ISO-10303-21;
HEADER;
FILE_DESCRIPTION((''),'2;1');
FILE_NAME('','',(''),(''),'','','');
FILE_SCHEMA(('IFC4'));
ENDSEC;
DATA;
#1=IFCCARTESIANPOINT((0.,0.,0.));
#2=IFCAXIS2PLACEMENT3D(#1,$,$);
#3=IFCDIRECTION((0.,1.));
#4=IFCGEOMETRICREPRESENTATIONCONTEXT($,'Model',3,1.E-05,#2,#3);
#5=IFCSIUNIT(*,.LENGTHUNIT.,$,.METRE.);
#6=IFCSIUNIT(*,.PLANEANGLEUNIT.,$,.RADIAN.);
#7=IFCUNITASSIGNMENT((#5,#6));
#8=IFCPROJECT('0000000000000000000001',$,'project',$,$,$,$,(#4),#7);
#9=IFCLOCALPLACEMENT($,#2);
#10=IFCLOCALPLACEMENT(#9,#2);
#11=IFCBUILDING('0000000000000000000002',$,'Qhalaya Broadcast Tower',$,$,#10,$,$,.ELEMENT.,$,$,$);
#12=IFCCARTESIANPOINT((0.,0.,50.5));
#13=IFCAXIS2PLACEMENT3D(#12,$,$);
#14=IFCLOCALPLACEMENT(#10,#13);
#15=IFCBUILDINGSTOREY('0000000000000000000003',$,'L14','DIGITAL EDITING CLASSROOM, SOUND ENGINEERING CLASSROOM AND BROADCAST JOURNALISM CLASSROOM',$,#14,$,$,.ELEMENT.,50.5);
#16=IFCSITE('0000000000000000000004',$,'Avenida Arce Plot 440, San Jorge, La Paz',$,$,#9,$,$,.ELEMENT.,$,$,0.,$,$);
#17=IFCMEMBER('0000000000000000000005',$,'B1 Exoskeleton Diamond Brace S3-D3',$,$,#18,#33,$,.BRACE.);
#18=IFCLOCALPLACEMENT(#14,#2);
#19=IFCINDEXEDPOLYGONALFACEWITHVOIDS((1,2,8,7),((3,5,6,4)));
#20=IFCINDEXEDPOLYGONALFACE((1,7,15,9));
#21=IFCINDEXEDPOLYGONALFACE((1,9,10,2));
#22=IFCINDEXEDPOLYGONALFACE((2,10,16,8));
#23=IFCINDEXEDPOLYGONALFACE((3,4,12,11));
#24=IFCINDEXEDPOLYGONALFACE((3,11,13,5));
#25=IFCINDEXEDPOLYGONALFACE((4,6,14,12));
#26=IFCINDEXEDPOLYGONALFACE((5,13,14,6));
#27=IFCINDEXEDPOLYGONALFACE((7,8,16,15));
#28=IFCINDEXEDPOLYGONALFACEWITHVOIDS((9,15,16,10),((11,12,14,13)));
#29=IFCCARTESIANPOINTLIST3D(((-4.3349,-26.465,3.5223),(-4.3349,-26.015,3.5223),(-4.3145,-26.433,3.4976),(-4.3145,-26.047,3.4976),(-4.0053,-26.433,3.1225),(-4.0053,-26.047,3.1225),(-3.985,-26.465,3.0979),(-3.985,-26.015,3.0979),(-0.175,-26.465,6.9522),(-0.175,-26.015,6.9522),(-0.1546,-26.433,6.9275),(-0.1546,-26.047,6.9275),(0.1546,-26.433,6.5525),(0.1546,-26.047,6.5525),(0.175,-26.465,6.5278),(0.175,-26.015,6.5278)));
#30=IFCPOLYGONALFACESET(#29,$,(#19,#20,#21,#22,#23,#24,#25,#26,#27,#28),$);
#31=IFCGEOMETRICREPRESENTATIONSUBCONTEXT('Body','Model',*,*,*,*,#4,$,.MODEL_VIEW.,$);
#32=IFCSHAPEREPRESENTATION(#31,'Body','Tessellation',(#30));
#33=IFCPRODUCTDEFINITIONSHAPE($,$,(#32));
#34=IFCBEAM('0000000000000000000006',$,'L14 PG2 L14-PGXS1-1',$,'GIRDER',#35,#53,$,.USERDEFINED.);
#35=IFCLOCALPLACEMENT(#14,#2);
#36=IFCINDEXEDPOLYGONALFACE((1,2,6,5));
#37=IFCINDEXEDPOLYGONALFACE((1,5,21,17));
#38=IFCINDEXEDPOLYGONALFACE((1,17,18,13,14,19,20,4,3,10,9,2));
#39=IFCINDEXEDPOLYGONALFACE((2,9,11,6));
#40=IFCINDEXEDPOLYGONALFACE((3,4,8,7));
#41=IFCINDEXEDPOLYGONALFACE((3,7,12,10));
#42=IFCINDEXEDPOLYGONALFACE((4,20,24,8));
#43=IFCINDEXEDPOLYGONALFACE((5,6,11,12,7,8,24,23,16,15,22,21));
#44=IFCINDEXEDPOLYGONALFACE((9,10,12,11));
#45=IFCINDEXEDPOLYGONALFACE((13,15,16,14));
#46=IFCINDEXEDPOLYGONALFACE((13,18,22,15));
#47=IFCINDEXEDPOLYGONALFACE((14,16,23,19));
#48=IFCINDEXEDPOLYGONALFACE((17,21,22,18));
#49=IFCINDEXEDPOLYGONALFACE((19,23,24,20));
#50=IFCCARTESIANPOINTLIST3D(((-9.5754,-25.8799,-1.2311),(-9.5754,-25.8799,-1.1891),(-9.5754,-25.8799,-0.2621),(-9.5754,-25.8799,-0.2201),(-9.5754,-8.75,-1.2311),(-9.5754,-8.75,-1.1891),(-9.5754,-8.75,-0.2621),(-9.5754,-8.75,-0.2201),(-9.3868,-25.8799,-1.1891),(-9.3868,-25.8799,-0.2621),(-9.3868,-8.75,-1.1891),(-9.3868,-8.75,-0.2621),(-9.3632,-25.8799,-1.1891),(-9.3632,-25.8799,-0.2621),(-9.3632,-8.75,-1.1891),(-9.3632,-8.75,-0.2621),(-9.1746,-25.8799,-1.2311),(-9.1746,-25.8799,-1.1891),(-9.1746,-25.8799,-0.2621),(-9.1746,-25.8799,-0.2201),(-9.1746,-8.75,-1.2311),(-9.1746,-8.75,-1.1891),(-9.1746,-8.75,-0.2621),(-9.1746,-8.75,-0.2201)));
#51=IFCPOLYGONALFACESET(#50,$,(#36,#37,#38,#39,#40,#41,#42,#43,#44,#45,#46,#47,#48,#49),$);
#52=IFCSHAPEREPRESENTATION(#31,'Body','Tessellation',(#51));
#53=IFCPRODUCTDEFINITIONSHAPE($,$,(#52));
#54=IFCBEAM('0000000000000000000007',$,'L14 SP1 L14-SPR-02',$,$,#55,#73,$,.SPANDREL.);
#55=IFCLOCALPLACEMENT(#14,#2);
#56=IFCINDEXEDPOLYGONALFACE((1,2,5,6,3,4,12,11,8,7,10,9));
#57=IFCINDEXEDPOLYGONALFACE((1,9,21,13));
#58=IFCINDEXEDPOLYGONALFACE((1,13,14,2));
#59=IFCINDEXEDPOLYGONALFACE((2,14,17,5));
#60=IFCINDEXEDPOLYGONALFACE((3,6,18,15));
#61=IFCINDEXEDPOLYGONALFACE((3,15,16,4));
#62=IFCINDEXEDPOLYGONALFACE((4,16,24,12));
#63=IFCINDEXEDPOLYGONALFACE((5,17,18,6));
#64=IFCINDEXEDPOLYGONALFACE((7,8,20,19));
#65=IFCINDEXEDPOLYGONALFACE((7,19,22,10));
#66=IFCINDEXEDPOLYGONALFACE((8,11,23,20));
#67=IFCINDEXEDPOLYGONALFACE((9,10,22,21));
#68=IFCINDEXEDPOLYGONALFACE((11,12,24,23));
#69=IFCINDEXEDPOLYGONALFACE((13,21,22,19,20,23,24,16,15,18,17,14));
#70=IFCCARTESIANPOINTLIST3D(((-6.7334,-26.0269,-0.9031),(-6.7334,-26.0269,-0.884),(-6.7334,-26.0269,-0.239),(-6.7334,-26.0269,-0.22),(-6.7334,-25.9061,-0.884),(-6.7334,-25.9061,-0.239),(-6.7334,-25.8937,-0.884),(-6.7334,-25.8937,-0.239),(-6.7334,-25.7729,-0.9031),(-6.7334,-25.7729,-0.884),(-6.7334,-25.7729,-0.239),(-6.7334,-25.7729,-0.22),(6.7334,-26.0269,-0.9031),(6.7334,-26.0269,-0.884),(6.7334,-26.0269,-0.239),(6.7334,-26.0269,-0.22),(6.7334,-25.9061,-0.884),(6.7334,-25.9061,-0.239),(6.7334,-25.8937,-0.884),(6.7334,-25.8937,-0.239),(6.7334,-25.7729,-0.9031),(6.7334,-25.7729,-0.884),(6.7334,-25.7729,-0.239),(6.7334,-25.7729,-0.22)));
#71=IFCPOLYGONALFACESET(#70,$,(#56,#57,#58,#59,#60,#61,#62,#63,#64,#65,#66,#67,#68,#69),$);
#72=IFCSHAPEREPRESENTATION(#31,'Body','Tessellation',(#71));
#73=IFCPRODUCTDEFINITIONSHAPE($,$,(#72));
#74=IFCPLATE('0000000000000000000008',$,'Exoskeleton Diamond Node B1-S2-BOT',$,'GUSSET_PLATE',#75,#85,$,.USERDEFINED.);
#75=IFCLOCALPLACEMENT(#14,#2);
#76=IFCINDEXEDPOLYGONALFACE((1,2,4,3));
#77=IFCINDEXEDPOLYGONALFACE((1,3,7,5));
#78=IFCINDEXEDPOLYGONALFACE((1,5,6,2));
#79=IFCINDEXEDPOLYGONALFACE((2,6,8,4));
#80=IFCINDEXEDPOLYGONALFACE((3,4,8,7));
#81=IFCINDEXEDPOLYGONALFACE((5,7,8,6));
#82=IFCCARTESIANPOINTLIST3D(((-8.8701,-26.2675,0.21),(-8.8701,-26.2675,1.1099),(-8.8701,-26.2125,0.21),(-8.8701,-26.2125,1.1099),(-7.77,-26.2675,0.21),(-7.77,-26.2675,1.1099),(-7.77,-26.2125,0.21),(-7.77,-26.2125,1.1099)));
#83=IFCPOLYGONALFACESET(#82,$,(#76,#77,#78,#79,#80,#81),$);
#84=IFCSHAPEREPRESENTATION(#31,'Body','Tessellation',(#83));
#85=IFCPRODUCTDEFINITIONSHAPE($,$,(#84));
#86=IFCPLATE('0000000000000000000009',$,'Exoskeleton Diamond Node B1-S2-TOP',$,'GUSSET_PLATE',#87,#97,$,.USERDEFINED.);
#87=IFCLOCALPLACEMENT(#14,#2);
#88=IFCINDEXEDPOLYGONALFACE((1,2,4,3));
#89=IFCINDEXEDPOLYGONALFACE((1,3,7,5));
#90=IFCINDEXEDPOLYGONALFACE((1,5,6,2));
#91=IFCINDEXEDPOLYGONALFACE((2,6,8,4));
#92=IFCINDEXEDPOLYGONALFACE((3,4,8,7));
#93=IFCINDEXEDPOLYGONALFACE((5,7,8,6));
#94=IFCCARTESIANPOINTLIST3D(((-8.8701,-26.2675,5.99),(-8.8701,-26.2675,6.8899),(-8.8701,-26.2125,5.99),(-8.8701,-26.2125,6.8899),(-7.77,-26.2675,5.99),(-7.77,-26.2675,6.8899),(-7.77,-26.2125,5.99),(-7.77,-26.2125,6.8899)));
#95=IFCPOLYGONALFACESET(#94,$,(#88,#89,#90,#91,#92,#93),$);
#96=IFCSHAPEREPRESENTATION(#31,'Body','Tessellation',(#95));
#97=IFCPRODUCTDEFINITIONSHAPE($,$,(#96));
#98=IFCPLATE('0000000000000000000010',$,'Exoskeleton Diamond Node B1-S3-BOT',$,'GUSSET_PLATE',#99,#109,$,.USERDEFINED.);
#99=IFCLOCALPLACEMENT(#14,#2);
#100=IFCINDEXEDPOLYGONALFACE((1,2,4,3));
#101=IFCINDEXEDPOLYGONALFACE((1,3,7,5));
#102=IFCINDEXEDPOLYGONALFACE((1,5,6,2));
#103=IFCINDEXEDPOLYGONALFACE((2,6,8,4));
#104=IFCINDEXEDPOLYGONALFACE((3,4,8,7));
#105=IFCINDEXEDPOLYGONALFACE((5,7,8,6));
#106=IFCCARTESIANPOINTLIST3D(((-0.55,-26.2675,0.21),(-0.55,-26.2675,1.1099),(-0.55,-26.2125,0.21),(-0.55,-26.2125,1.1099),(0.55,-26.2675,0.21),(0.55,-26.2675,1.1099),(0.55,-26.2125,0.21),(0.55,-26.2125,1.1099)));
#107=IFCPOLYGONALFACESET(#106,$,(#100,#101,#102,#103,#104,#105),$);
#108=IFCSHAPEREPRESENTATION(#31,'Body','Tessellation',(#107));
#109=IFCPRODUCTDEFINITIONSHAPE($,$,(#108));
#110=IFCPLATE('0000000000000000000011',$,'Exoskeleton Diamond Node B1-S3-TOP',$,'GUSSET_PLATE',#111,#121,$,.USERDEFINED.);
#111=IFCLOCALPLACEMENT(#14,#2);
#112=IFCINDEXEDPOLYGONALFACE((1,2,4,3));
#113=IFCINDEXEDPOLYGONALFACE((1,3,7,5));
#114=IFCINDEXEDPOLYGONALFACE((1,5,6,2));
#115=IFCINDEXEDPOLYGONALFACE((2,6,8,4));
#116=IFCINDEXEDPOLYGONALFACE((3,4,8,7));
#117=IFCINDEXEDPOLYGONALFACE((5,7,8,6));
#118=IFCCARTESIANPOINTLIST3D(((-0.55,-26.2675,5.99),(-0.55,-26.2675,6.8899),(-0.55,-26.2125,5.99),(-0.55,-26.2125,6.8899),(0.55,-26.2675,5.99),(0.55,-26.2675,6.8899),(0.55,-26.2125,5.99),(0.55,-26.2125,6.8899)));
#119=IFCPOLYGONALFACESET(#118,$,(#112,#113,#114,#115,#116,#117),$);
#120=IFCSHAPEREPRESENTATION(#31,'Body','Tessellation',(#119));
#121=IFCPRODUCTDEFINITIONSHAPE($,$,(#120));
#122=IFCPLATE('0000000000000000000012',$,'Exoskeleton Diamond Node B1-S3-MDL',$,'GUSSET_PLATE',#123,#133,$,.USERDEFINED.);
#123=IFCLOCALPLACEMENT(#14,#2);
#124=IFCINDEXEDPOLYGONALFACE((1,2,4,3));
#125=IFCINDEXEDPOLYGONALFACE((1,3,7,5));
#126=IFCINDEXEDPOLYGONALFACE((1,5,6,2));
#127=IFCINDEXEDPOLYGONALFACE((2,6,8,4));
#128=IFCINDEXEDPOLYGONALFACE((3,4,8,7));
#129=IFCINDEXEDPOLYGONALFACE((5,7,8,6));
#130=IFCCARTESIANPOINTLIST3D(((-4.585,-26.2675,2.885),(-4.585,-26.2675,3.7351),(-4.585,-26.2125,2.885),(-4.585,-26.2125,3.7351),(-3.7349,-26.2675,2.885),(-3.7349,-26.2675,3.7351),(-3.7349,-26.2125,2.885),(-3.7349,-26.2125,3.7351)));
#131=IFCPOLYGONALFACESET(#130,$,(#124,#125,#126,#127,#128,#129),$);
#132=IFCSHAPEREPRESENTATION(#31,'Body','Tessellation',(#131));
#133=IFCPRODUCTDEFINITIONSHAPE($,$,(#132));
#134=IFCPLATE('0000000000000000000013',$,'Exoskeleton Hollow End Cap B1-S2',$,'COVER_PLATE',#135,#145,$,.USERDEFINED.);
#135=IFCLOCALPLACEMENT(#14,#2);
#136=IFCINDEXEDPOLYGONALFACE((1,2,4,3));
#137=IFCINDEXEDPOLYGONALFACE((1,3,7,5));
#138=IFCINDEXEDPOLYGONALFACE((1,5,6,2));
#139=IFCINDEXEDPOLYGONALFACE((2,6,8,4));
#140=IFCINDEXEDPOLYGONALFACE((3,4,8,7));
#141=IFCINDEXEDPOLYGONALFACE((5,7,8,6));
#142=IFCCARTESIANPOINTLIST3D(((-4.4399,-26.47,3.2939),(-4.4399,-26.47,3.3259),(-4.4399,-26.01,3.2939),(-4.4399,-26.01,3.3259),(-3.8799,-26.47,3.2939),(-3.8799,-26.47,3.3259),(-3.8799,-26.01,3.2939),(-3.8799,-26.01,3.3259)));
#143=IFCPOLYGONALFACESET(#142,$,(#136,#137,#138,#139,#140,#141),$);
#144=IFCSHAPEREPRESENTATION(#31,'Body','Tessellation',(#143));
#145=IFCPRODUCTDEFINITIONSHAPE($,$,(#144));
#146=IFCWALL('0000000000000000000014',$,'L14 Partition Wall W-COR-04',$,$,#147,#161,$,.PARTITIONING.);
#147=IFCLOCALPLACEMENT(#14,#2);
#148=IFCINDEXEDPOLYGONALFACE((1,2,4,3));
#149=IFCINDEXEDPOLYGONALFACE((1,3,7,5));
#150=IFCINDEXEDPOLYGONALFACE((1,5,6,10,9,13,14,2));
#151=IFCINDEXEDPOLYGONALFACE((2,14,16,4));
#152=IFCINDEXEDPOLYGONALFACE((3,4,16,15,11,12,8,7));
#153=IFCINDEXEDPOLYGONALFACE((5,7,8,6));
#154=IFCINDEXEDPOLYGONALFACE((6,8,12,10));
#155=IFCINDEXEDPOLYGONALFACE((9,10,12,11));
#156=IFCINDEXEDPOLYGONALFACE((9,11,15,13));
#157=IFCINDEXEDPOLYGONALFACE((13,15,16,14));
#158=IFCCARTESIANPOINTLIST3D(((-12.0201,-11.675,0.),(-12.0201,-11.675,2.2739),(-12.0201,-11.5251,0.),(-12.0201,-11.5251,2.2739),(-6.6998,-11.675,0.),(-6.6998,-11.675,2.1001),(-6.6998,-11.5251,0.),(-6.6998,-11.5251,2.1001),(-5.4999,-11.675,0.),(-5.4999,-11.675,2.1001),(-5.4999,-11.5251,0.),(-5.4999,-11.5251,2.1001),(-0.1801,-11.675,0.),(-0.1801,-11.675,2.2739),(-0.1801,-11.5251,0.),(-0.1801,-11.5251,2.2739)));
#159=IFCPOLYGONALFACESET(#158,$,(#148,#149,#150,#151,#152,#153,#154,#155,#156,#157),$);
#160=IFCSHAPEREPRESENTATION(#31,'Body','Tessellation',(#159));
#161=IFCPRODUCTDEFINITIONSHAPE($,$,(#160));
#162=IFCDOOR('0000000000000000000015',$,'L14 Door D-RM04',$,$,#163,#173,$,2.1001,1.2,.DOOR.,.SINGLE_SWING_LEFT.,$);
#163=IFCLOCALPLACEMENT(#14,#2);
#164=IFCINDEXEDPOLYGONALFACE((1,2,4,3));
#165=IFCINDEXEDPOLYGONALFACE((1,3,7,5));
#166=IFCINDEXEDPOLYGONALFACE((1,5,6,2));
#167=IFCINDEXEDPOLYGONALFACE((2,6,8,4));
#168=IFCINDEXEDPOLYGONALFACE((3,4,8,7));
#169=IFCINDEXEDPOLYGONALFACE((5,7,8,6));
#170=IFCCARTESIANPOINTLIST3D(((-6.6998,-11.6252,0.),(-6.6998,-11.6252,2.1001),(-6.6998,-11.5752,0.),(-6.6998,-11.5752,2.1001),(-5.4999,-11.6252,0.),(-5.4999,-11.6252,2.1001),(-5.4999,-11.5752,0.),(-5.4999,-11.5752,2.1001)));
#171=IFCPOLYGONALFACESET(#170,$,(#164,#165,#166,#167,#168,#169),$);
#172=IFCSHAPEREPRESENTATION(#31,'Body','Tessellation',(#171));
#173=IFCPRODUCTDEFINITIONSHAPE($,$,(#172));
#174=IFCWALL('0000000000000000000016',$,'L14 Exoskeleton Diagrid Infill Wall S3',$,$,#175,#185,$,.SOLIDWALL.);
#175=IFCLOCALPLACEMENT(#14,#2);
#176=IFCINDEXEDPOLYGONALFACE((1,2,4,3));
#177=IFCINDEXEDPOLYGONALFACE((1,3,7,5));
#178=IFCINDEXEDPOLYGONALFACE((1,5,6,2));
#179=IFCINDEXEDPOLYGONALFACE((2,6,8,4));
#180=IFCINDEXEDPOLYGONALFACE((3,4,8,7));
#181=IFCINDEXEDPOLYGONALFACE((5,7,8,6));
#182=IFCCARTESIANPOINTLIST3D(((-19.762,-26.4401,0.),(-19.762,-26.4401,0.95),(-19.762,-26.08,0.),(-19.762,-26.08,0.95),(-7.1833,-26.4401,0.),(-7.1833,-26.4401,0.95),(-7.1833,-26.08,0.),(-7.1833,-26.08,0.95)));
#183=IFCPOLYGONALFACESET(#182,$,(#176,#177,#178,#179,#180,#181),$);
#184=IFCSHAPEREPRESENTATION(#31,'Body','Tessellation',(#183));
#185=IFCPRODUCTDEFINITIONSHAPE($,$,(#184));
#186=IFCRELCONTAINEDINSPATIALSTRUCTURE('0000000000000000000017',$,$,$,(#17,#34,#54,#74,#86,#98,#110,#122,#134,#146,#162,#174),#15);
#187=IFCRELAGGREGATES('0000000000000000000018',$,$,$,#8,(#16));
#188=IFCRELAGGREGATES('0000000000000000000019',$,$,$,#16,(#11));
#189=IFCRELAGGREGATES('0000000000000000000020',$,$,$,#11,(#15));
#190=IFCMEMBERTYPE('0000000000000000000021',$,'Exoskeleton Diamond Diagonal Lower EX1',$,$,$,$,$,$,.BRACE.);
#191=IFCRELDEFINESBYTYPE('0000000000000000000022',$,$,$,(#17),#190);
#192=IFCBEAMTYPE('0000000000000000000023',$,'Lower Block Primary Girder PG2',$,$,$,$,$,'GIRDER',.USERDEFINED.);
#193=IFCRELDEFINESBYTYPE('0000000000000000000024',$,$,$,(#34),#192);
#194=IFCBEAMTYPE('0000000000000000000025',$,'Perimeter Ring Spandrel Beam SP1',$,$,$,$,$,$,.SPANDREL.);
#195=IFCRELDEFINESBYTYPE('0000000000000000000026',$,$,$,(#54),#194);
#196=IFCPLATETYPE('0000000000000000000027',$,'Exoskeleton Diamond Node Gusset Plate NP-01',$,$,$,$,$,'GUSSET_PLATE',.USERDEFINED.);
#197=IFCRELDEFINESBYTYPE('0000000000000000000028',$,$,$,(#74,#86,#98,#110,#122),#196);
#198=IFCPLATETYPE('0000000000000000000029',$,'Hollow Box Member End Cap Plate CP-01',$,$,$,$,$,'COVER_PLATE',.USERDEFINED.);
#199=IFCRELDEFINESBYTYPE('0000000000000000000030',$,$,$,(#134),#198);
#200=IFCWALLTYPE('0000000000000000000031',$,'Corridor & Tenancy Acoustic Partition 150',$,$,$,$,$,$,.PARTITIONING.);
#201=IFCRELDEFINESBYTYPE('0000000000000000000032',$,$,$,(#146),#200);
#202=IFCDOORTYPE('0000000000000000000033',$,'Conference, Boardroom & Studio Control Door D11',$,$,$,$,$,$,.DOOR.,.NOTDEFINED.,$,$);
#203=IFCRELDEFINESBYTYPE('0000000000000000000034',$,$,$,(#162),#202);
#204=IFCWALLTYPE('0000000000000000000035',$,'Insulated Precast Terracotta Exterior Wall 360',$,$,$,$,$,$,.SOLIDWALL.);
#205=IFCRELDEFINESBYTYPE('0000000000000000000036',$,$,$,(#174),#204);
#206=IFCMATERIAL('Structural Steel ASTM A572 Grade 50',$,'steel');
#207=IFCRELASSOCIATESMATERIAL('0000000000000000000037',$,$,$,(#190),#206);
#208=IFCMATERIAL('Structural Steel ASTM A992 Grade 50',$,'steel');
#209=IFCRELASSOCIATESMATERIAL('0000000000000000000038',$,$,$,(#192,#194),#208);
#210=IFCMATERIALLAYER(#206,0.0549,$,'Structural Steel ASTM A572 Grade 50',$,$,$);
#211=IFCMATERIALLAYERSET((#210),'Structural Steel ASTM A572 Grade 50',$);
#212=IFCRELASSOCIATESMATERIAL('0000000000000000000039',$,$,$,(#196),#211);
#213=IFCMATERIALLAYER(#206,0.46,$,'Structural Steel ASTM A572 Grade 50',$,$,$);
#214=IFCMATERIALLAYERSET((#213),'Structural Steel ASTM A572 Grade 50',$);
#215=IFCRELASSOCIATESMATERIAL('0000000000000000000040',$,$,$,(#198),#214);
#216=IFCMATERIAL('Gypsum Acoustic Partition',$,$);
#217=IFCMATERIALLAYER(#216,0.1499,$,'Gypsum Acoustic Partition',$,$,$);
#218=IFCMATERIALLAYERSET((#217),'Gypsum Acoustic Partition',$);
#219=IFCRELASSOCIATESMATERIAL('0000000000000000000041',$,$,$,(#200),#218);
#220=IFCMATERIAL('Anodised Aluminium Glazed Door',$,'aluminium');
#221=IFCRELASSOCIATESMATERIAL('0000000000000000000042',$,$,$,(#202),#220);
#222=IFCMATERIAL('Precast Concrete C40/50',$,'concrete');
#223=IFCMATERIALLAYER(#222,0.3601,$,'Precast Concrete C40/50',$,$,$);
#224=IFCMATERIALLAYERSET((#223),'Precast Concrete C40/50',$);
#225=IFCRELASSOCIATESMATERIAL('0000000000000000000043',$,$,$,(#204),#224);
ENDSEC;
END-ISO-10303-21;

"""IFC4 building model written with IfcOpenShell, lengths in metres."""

from ifc_helpers import new_model, si_unit, direction, frame, frame_2d, origin, origin_2d, place, context, subcontext, project, spatial, rectangle, hollow_rectangle, i_section, extrude, material, layer, layer_set, material_profile, profile_set, type_object, element, fill, save


model = new_model("IFC4")

# Units and contexts
model_context = context("Model", 3, precision=1e-05, world=origin(), true_north=direction((0.0, 1.0)))
body_context = subcontext(model_context, "Body", "Model", "MODEL_VIEW")
ifc_project = project(units=[si_unit("LENGTHUNIT", "METRE"), si_unit("PLANEANGLEUNIT", "RADIAN")], contexts=[model_context])

# Site, building, storey
site_placement = place(None, origin())
site = spatial("IfcSite", under=ifc_project, at=site_placement, Name="Avenida Arce Plot 440, San Jorge, La Paz", CompositionType="ELEMENT", RefElevation=0.0)
building_placement = place(site_placement, origin())
building = spatial("IfcBuilding", under=site, at=building_placement, Name="Qhalaya Broadcast Tower", CompositionType="ELEMENT")
storey_placement = place(building_placement, frame((0.0, 0.0, 50.5)))
storey = spatial("IfcBuildingStorey", under=building, at=storey_placement, Name="L14", Description="DIGITAL EDITING CLASSROOM, SOUND ENGINEERING CLASSROOM AND BROADCAST JOURNALISM CLASSROOM", CompositionType="ELEMENT", Elevation=50.5)

# Shared definitions
ifc_material_1 = material(Name="Structural Steel ASTM A572 Grade 50", Category="steel")

# Shared definitions
ifc_material_2 = material(Name="Structural Steel ASTM A992 Grade 50", Category="steel")

# Member
ifc_material_profile_1 = material_profile(ifc_material_1, hollow_rectangle(XDim=0.45, YDim=0.55, WallThickness=0.032, at=origin_2d()), Name="BOX 450x550x32")
ifc_profile_set_1 = profile_set([ifc_material_profile_1], Name="Structural Steel ASTM A572 Grade 50")
member_type = type_object("IfcMemberType", Name="Exoskeleton Diamond Diagonal Lower EX1", PredefinedType="BRACE", material=ifc_profile_set_1)
member_1_placement = place(storey_placement, frame((-4.1599, -26.24, 3.3101), z_axis=(0.771555, 0.0, 0.636163), x_axis=(0.0, 1.0, 0.0)))
element("IfcMember", 1, at=member_1_placement, inside=storey, type_object=member_type, Name="B1 Exoskeleton Diamond Brace S3-D3", PredefinedType="BRACE", context=body_context, shape_type="SweptSolid", body=[
    extrude(hollow_rectangle(XDim=0.45, YDim=0.55, WallThickness=0.032, at=origin_2d()), origin(), (0.0, 0.0, 1.0), 5.3916),
])

# Beams
ifc_material_profile_2 = material_profile(ifc_material_2, i_section(OverallWidth=0.4009, OverallDepth=1.011, WebThickness=0.0237, FlangeThickness=0.042, at=origin_2d()), Name="W40X297")
ifc_profile_set_2 = profile_set([ifc_material_profile_2], Name="Structural Steel ASTM A992 Grade 50")
beam_type_1 = type_object("IfcBeamType", Name="Lower Block Primary Girder PG2", ElementType="GIRDER", PredefinedType="USERDEFINED", material=ifc_profile_set_2)
beam_1_placement = place(storey_placement, frame((-9.375, -25.8799, -0.7256), z_axis=(0.0, 1.0, 0.0), x_axis=(-1.0, 0.0, 0.0)))
element("IfcBeam", 2, at=beam_1_placement, inside=storey, type_object=beam_type_1, Name="L14 PG2 L14-PGXS1-1", ObjectType="GIRDER", PredefinedType="USERDEFINED", context=body_context, shape_type="SweptSolid", body=[
    extrude(i_section(OverallWidth=0.4009, OverallDepth=1.011, WebThickness=0.0237, FlangeThickness=0.042, at=origin_2d()), origin(), (0.0, 0.0, 1.0), 17.1299),
])
ifc_material_profile_3 = material_profile(ifc_material_2, i_section(OverallWidth=0.2539, OverallDepth=0.6831, WebThickness=0.0125, FlangeThickness=0.019, at=origin_2d()), Name="W27X94")
ifc_profile_set_3 = profile_set([ifc_material_profile_3], Name="Structural Steel ASTM A992 Grade 50")
beam_type_2 = type_object("IfcBeamType", Name="Perimeter Ring Spandrel Beam SP1", PredefinedType="SPANDREL", material=ifc_profile_set_3)
beam_2_placement = place(storey_placement, frame((-6.7334, -25.8999, -0.5615), z_axis=(1.0, 0.0, 0.0), x_axis=(0.0, 1.0, 0.0)))
element("IfcBeam", 3, at=beam_2_placement, inside=storey, type_object=beam_type_2, Name="L14 SP1 L14-SPR-02", PredefinedType="SPANDREL", context=body_context, shape_type="SweptSolid", body=[
    extrude(i_section(OverallWidth=0.2539, OverallDepth=0.6831, WebThickness=0.0125, FlangeThickness=0.019, at=origin_2d()), origin(), (0.0, 0.0, 1.0), 13.4668),
])

# Plates
ifc_layer_1 = layer(ifc_material_1, 0.0549, Name="Structural Steel ASTM A572 Grade 50")
ifc_layer_set_1 = layer_set([ifc_layer_1], Name="Structural Steel ASTM A572 Grade 50")
plate_type_1 = type_object("IfcPlateType", Name="Exoskeleton Diamond Node Gusset Plate NP-01", ElementType="GUSSET_PLATE", PredefinedType="USERDEFINED", material=ifc_layer_set_1)
for number, where, z_axis, x_axis, name in (
    (4, (-8.3201, -26.24, 0.21), (0.0, 0.0, 1.0), (1.0, 0.0, 0.0), "Exoskeleton Diamond Node B1-S2-BOT"),
    (5, (-8.3201, -26.24, 5.99), (0.0, 0.0, 1.0), (1.0, 0.0, 0.0), "Exoskeleton Diamond Node B1-S2-TOP"),
    (6, (0.0, -26.24, 0.21), (0.0, 0.0, 1.0), (1.0, 0.0, 0.0), "Exoskeleton Diamond Node B1-S3-BOT"),
    (7, (0.0, -26.24, 5.99), (0.0, 0.0, 1.0), (1.0, 0.0, 0.0), "Exoskeleton Diamond Node B1-S3-TOP"),
):
    element("IfcPlate", number, at=place(storey_placement, frame(where, z_axis=z_axis, x_axis=x_axis)), inside=storey, type_object=plate_type_1, Name=name, ObjectType="GUSSET_PLATE", PredefinedType="USERDEFINED", context=body_context, shape_type="SweptSolid", body=[
        extrude(rectangle(XDim=1.1001, YDim=0.0549, at=origin_2d()), origin(), (0.0, 0.0, 1.0), 0.8999),
    ])
plate_1_placement = place(storey_placement, frame((-4.1599, -26.24, 2.885), z_axis=(0.0, 0.0, 1.0), x_axis=(1.0, 0.0, 0.0)))
element("IfcPlate", 8, at=plate_1_placement, inside=storey, type_object=plate_type_1, Name="Exoskeleton Diamond Node B1-S3-MDL", ObjectType="GUSSET_PLATE", PredefinedType="USERDEFINED", context=body_context, shape_type="SweptSolid", body=[
    extrude(rectangle(XDim=0.8501, YDim=0.0549, at=origin_2d()), origin(), (0.0, 0.0, 1.0), 0.8501),
])
ifc_layer_2 = layer(ifc_material_1, 0.46, Name="Structural Steel ASTM A572 Grade 50")
ifc_layer_set_2 = layer_set([ifc_layer_2], Name="Structural Steel ASTM A572 Grade 50")
plate_type_2 = type_object("IfcPlateType", Name="Hollow Box Member End Cap Plate CP-01", ElementType="COVER_PLATE", PredefinedType="USERDEFINED", material=ifc_layer_set_2)
plate_2_placement = place(storey_placement, frame((-4.1599, -26.24, 3.2939), z_axis=(0.0, 0.0, 1.0), x_axis=(1.0, 0.0, 0.0)))
element("IfcPlate", 9, at=plate_2_placement, inside=storey, type_object=plate_type_2, Name="Exoskeleton Hollow End Cap B1-S2", ObjectType="COVER_PLATE", PredefinedType="USERDEFINED", context=body_context, shape_type="SweptSolid", body=[
    extrude(rectangle(XDim=0.5601, YDim=0.46, at=origin_2d()), origin(), (0.0, 0.0, 1.0), 0.032),
])

# Wall, opening, door
ifc_material_3 = material(Name="Gypsum Acoustic Partition")
ifc_layer_3 = layer(ifc_material_3, 0.1499, Name="Gypsum Acoustic Partition")
ifc_layer_set_3 = layer_set([ifc_layer_3], Name="Gypsum Acoustic Partition")
wall_type_1 = type_object("IfcWallType", Name="Corridor & Tenancy Acoustic Partition 150", PredefinedType="PARTITIONING", material=ifc_layer_set_3)
wall_1_placement = place(storey_placement, frame((-12.02, -11.6001, 0.0), z_axis=(0.0, 0.0, 1.0), x_axis=(1.0, 0.0, 0.0)))
wall_1 = element("IfcWall", 10, at=wall_1_placement, inside=storey, type_object=wall_type_1, Name="L14 Partition Wall W-COR-04", PredefinedType="PARTITIONING", context=body_context, shape_type="SweptSolid", body=[
    extrude(rectangle(XDim=11.8401, YDim=0.1499, at=frame_2d((5.9199, 0.0))), origin(), (0.0, 0.0, 1.0), 2.2739),
])
opening_placement = place(wall_1_placement, frame((5.3201, 0.0, 0.0)))
opening = element("IfcOpeningElement", 11, at=opening_placement, cuts=wall_1, PredefinedType="OPENING", context=body_context, shape_type="SweptSolid", body=[
    extrude(rectangle(XDim=1.2, YDim=2.1001, at=frame_2d((0.6001, 1.05))), frame((0.0, 0.0869, 0.0), z_axis=(0.0, -1.0, 0.0), x_axis=(1.0, 0.0, 0.0)), (0.0, 0.0, 1.0), 0.1738),
])
ifc_material_4 = material(Name="Anodised Aluminium Glazed Door", Category="aluminium")
door_type = type_object("IfcDoorType", Name="Conference, Boardroom & Studio Control Door D11", OperationType="NOTDEFINED", PredefinedType="DOOR", material=ifc_material_4)
door_placement = place(opening_placement, origin())
door = element("IfcDoor", 12, at=door_placement, inside=storey, type_object=door_type, Name="L14 Door D-RM04", OperationType="SINGLE_SWING_LEFT", OverallHeight=2.1001, OverallWidth=1.2, PredefinedType="DOOR", context=body_context, shape_type="SweptSolid", body=[
    extrude(rectangle(XDim=1.2, YDim=2.1001, at=frame_2d((0.6001, 1.05))), frame((0.0, 0.0249, 0.0), z_axis=(0.0, -1.0, 0.0), x_axis=(1.0, 0.0, 0.0)), (0.0, 0.0, 1.0), 0.05),
])
fill(opening, door)

# Wall
ifc_material_5 = material(Name="Precast Concrete C40/50", Category="concrete")
ifc_layer_4 = layer(ifc_material_5, 0.3601, Name="Precast Concrete C40/50")
ifc_layer_set_4 = layer_set([ifc_layer_4], Name="Precast Concrete C40/50")
wall_type_2 = type_object("IfcWallType", Name="Insulated Precast Terracotta Exterior Wall 360", PredefinedType="SOLIDWALL", material=ifc_layer_set_4)
wall_2_placement = place(storey_placement, frame((-7.1833, -26.26, 0.0), z_axis=(0.0, 0.0, 1.0), x_axis=(-1.0, 0.0, 0.0)))
element("IfcWall", 13, at=wall_2_placement, inside=storey, type_object=wall_type_2, Name="L14 Exoskeleton Diagrid Infill Wall S3", PredefinedType="SOLIDWALL", context=body_context, shape_type="SweptSolid", body=[
    extrude(rectangle(XDim=12.5786, YDim=0.3601, at=frame_2d((6.2893, 0.0))), origin(), (0.0, 0.0, 1.0), 0.95),
])

save(model, "model.ifc")
